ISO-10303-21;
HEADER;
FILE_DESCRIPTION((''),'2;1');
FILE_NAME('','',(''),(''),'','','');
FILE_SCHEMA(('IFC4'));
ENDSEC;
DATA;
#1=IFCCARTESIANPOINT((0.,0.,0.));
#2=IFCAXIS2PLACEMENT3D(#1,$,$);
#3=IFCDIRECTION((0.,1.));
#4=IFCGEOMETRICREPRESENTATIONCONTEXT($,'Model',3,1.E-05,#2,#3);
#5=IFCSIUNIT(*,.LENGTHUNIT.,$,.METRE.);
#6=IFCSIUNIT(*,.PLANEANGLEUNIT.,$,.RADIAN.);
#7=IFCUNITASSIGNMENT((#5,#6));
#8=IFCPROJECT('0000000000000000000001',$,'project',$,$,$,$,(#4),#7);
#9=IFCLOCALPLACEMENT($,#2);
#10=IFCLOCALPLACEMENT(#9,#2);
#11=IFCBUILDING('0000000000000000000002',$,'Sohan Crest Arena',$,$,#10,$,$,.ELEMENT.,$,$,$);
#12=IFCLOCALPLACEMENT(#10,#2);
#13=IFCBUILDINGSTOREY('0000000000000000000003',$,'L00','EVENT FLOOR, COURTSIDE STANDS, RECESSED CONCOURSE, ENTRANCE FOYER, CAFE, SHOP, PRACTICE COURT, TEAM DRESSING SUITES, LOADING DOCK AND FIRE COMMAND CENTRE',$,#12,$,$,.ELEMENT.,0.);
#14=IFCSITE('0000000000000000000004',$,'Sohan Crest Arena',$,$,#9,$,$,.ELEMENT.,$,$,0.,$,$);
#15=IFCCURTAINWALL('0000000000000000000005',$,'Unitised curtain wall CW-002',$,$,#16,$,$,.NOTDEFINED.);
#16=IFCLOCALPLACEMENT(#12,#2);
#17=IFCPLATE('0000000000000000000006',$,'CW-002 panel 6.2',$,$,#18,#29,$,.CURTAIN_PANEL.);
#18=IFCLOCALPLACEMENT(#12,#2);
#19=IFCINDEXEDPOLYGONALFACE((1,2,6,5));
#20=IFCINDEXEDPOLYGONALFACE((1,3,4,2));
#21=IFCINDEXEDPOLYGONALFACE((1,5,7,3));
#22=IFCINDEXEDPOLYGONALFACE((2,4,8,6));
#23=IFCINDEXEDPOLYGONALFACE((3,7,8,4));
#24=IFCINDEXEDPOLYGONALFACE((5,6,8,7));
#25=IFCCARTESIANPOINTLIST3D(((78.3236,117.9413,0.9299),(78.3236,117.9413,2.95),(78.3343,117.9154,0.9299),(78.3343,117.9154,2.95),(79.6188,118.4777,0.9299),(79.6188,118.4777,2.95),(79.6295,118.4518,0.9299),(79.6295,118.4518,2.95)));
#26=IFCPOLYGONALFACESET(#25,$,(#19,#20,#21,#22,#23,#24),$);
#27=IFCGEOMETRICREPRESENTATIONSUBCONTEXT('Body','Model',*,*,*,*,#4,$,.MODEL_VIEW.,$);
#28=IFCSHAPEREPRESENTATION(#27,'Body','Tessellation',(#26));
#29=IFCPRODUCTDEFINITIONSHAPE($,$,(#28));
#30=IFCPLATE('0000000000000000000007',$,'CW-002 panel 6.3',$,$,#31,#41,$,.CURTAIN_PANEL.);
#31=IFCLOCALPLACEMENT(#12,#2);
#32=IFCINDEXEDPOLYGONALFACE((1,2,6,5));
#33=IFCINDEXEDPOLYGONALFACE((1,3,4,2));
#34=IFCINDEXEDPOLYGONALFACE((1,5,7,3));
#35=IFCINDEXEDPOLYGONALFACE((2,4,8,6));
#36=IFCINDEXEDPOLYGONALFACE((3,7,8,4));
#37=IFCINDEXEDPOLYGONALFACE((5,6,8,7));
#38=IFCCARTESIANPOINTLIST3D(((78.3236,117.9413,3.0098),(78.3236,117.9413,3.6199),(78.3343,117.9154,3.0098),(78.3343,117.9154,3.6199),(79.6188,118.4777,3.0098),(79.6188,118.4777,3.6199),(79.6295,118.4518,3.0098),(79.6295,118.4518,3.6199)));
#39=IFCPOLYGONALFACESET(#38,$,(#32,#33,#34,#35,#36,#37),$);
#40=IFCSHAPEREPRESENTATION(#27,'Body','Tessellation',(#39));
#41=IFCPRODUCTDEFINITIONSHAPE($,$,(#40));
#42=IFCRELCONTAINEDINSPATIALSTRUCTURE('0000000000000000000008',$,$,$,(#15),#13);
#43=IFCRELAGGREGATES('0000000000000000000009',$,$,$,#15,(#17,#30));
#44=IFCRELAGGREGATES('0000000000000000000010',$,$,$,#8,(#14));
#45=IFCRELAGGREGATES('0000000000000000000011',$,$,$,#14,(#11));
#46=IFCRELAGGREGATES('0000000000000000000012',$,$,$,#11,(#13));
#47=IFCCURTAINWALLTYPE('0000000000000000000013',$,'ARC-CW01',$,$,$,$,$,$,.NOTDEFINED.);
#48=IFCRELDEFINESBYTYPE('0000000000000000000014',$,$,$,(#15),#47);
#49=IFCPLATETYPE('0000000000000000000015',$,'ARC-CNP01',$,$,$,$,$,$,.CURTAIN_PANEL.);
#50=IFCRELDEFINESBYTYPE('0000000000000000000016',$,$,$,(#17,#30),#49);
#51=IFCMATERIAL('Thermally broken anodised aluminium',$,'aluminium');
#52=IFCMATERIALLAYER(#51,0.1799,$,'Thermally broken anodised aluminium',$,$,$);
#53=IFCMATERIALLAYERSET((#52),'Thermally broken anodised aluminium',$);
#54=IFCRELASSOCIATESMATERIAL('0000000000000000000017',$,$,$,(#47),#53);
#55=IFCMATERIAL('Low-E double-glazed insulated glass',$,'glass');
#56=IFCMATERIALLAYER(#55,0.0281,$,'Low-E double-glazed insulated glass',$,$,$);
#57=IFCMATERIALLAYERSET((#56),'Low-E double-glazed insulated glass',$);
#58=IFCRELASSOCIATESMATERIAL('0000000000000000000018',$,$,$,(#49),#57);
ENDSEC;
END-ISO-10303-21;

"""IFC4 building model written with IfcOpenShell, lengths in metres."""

from ifc_helpers import new_model, si_unit, direction, frame, origin, origin_2d, place, context, subcontext, project, spatial, rectangle, extrude, material, layer, layer_set, type_object, element, aggregate, save


model = new_model("IFC4")

# Units and contexts
model_context = context("Model", 3, precision=1e-05, world=origin(), true_north=direction((0.0, 1.0)))
body_context = subcontext(model_context, "Body", "Model", "MODEL_VIEW")
ifc_project = project(units=[si_unit("LENGTHUNIT", "METRE"), si_unit("PLANEANGLEUNIT", "RADIAN")], contexts=[model_context])

# Site, building, storey
site_placement = place(None, origin())
site = spatial("IfcSite", under=ifc_project, at=site_placement, Name="Sohan Crest Arena", CompositionType="ELEMENT", RefElevation=0.0)
building_placement = place(site_placement, origin())
building = spatial("IfcBuilding", under=site, at=building_placement, Name="Sohan Crest Arena", CompositionType="ELEMENT")
storey_placement = place(building_placement, origin())
storey = spatial("IfcBuildingStorey", under=building, at=storey_placement, Name="L00", Description="EVENT FLOOR, COURTSIDE STANDS, RECESSED CONCOURSE, ENTRANCE FOYER, CAFE, SHOP, PRACTICE COURT, TEAM DRESSING SUITES, LOADING DOCK AND FIRE COMMAND CENTRE", CompositionType="ELEMENT", Elevation=0.0)

# Curtain wall, plates
ifc_material_1 = material(Name="Thermally broken anodised aluminium", Category="aluminium")
ifc_layer_1 = layer(ifc_material_1, 0.1799, Name="Thermally broken anodised aluminium")
ifc_layer_set_1 = layer_set([ifc_layer_1], Name="Thermally broken anodised aluminium")
curtain_wall_type = type_object("IfcCurtainWallType", Name="ARC-CW01", PredefinedType="NOTDEFINED", material=ifc_layer_set_1)
curtain_wall_placement = place(storey_placement, origin())
curtain_wall = element("IfcCurtainWall", 1, at=curtain_wall_placement, inside=storey, type_object=curtain_wall_type, Name="Unitised curtain wall CW-002", PredefinedType="NOTDEFINED")
ifc_material_2 = material(Name="Low-E double-glazed insulated glass", Category="glass")
ifc_layer_2 = layer(ifc_material_2, 0.0281, Name="Low-E double-glazed insulated glass")
ifc_layer_set_2 = layer_set([ifc_layer_2], Name="Low-E double-glazed insulated glass")
plate_type = type_object("IfcPlateType", Name="ARC-CNP01", PredefinedType="CURTAIN_PANEL", material=ifc_layer_set_2)
plate_1_placement = place(storey_placement, frame((78.9766, 118.1965, 0.9299), z_axis=(0.0, 0.0, 1.0), x_axis=(-0.923897, -0.382641, 0.0)))
plate_1 = element("IfcPlate", 2, at=plate_1_placement, type_object=plate_type, Name="CW-002 panel 6.2", PredefinedType="CURTAIN_PANEL", context=body_context, shape_type="SweptSolid", body=[
    extrude(rectangle(XDim=1.4019, YDim=0.0281, at=origin_2d()), origin(), (0.0, 0.0, 1.0), 2.02),
])
plate_2_placement = place(storey_placement, frame((78.9766, 118.1965, 3.0098), z_axis=(0.0, 0.0, 1.0), x_axis=(-0.923897, -0.382641, 0.0)))
plate_2 = element("IfcPlate", 3, at=plate_2_placement, type_object=plate_type, Name="CW-002 panel 6.3", PredefinedType="CURTAIN_PANEL", context=body_context, shape_type="SweptSolid", body=[
    extrude(rectangle(XDim=1.4019, YDim=0.0281, at=origin_2d()), origin(), (0.0, 0.0, 1.0), 0.6101),
])
aggregate(curtain_wall, [plate_1, plate_2])

save(model, "model.ifc")
